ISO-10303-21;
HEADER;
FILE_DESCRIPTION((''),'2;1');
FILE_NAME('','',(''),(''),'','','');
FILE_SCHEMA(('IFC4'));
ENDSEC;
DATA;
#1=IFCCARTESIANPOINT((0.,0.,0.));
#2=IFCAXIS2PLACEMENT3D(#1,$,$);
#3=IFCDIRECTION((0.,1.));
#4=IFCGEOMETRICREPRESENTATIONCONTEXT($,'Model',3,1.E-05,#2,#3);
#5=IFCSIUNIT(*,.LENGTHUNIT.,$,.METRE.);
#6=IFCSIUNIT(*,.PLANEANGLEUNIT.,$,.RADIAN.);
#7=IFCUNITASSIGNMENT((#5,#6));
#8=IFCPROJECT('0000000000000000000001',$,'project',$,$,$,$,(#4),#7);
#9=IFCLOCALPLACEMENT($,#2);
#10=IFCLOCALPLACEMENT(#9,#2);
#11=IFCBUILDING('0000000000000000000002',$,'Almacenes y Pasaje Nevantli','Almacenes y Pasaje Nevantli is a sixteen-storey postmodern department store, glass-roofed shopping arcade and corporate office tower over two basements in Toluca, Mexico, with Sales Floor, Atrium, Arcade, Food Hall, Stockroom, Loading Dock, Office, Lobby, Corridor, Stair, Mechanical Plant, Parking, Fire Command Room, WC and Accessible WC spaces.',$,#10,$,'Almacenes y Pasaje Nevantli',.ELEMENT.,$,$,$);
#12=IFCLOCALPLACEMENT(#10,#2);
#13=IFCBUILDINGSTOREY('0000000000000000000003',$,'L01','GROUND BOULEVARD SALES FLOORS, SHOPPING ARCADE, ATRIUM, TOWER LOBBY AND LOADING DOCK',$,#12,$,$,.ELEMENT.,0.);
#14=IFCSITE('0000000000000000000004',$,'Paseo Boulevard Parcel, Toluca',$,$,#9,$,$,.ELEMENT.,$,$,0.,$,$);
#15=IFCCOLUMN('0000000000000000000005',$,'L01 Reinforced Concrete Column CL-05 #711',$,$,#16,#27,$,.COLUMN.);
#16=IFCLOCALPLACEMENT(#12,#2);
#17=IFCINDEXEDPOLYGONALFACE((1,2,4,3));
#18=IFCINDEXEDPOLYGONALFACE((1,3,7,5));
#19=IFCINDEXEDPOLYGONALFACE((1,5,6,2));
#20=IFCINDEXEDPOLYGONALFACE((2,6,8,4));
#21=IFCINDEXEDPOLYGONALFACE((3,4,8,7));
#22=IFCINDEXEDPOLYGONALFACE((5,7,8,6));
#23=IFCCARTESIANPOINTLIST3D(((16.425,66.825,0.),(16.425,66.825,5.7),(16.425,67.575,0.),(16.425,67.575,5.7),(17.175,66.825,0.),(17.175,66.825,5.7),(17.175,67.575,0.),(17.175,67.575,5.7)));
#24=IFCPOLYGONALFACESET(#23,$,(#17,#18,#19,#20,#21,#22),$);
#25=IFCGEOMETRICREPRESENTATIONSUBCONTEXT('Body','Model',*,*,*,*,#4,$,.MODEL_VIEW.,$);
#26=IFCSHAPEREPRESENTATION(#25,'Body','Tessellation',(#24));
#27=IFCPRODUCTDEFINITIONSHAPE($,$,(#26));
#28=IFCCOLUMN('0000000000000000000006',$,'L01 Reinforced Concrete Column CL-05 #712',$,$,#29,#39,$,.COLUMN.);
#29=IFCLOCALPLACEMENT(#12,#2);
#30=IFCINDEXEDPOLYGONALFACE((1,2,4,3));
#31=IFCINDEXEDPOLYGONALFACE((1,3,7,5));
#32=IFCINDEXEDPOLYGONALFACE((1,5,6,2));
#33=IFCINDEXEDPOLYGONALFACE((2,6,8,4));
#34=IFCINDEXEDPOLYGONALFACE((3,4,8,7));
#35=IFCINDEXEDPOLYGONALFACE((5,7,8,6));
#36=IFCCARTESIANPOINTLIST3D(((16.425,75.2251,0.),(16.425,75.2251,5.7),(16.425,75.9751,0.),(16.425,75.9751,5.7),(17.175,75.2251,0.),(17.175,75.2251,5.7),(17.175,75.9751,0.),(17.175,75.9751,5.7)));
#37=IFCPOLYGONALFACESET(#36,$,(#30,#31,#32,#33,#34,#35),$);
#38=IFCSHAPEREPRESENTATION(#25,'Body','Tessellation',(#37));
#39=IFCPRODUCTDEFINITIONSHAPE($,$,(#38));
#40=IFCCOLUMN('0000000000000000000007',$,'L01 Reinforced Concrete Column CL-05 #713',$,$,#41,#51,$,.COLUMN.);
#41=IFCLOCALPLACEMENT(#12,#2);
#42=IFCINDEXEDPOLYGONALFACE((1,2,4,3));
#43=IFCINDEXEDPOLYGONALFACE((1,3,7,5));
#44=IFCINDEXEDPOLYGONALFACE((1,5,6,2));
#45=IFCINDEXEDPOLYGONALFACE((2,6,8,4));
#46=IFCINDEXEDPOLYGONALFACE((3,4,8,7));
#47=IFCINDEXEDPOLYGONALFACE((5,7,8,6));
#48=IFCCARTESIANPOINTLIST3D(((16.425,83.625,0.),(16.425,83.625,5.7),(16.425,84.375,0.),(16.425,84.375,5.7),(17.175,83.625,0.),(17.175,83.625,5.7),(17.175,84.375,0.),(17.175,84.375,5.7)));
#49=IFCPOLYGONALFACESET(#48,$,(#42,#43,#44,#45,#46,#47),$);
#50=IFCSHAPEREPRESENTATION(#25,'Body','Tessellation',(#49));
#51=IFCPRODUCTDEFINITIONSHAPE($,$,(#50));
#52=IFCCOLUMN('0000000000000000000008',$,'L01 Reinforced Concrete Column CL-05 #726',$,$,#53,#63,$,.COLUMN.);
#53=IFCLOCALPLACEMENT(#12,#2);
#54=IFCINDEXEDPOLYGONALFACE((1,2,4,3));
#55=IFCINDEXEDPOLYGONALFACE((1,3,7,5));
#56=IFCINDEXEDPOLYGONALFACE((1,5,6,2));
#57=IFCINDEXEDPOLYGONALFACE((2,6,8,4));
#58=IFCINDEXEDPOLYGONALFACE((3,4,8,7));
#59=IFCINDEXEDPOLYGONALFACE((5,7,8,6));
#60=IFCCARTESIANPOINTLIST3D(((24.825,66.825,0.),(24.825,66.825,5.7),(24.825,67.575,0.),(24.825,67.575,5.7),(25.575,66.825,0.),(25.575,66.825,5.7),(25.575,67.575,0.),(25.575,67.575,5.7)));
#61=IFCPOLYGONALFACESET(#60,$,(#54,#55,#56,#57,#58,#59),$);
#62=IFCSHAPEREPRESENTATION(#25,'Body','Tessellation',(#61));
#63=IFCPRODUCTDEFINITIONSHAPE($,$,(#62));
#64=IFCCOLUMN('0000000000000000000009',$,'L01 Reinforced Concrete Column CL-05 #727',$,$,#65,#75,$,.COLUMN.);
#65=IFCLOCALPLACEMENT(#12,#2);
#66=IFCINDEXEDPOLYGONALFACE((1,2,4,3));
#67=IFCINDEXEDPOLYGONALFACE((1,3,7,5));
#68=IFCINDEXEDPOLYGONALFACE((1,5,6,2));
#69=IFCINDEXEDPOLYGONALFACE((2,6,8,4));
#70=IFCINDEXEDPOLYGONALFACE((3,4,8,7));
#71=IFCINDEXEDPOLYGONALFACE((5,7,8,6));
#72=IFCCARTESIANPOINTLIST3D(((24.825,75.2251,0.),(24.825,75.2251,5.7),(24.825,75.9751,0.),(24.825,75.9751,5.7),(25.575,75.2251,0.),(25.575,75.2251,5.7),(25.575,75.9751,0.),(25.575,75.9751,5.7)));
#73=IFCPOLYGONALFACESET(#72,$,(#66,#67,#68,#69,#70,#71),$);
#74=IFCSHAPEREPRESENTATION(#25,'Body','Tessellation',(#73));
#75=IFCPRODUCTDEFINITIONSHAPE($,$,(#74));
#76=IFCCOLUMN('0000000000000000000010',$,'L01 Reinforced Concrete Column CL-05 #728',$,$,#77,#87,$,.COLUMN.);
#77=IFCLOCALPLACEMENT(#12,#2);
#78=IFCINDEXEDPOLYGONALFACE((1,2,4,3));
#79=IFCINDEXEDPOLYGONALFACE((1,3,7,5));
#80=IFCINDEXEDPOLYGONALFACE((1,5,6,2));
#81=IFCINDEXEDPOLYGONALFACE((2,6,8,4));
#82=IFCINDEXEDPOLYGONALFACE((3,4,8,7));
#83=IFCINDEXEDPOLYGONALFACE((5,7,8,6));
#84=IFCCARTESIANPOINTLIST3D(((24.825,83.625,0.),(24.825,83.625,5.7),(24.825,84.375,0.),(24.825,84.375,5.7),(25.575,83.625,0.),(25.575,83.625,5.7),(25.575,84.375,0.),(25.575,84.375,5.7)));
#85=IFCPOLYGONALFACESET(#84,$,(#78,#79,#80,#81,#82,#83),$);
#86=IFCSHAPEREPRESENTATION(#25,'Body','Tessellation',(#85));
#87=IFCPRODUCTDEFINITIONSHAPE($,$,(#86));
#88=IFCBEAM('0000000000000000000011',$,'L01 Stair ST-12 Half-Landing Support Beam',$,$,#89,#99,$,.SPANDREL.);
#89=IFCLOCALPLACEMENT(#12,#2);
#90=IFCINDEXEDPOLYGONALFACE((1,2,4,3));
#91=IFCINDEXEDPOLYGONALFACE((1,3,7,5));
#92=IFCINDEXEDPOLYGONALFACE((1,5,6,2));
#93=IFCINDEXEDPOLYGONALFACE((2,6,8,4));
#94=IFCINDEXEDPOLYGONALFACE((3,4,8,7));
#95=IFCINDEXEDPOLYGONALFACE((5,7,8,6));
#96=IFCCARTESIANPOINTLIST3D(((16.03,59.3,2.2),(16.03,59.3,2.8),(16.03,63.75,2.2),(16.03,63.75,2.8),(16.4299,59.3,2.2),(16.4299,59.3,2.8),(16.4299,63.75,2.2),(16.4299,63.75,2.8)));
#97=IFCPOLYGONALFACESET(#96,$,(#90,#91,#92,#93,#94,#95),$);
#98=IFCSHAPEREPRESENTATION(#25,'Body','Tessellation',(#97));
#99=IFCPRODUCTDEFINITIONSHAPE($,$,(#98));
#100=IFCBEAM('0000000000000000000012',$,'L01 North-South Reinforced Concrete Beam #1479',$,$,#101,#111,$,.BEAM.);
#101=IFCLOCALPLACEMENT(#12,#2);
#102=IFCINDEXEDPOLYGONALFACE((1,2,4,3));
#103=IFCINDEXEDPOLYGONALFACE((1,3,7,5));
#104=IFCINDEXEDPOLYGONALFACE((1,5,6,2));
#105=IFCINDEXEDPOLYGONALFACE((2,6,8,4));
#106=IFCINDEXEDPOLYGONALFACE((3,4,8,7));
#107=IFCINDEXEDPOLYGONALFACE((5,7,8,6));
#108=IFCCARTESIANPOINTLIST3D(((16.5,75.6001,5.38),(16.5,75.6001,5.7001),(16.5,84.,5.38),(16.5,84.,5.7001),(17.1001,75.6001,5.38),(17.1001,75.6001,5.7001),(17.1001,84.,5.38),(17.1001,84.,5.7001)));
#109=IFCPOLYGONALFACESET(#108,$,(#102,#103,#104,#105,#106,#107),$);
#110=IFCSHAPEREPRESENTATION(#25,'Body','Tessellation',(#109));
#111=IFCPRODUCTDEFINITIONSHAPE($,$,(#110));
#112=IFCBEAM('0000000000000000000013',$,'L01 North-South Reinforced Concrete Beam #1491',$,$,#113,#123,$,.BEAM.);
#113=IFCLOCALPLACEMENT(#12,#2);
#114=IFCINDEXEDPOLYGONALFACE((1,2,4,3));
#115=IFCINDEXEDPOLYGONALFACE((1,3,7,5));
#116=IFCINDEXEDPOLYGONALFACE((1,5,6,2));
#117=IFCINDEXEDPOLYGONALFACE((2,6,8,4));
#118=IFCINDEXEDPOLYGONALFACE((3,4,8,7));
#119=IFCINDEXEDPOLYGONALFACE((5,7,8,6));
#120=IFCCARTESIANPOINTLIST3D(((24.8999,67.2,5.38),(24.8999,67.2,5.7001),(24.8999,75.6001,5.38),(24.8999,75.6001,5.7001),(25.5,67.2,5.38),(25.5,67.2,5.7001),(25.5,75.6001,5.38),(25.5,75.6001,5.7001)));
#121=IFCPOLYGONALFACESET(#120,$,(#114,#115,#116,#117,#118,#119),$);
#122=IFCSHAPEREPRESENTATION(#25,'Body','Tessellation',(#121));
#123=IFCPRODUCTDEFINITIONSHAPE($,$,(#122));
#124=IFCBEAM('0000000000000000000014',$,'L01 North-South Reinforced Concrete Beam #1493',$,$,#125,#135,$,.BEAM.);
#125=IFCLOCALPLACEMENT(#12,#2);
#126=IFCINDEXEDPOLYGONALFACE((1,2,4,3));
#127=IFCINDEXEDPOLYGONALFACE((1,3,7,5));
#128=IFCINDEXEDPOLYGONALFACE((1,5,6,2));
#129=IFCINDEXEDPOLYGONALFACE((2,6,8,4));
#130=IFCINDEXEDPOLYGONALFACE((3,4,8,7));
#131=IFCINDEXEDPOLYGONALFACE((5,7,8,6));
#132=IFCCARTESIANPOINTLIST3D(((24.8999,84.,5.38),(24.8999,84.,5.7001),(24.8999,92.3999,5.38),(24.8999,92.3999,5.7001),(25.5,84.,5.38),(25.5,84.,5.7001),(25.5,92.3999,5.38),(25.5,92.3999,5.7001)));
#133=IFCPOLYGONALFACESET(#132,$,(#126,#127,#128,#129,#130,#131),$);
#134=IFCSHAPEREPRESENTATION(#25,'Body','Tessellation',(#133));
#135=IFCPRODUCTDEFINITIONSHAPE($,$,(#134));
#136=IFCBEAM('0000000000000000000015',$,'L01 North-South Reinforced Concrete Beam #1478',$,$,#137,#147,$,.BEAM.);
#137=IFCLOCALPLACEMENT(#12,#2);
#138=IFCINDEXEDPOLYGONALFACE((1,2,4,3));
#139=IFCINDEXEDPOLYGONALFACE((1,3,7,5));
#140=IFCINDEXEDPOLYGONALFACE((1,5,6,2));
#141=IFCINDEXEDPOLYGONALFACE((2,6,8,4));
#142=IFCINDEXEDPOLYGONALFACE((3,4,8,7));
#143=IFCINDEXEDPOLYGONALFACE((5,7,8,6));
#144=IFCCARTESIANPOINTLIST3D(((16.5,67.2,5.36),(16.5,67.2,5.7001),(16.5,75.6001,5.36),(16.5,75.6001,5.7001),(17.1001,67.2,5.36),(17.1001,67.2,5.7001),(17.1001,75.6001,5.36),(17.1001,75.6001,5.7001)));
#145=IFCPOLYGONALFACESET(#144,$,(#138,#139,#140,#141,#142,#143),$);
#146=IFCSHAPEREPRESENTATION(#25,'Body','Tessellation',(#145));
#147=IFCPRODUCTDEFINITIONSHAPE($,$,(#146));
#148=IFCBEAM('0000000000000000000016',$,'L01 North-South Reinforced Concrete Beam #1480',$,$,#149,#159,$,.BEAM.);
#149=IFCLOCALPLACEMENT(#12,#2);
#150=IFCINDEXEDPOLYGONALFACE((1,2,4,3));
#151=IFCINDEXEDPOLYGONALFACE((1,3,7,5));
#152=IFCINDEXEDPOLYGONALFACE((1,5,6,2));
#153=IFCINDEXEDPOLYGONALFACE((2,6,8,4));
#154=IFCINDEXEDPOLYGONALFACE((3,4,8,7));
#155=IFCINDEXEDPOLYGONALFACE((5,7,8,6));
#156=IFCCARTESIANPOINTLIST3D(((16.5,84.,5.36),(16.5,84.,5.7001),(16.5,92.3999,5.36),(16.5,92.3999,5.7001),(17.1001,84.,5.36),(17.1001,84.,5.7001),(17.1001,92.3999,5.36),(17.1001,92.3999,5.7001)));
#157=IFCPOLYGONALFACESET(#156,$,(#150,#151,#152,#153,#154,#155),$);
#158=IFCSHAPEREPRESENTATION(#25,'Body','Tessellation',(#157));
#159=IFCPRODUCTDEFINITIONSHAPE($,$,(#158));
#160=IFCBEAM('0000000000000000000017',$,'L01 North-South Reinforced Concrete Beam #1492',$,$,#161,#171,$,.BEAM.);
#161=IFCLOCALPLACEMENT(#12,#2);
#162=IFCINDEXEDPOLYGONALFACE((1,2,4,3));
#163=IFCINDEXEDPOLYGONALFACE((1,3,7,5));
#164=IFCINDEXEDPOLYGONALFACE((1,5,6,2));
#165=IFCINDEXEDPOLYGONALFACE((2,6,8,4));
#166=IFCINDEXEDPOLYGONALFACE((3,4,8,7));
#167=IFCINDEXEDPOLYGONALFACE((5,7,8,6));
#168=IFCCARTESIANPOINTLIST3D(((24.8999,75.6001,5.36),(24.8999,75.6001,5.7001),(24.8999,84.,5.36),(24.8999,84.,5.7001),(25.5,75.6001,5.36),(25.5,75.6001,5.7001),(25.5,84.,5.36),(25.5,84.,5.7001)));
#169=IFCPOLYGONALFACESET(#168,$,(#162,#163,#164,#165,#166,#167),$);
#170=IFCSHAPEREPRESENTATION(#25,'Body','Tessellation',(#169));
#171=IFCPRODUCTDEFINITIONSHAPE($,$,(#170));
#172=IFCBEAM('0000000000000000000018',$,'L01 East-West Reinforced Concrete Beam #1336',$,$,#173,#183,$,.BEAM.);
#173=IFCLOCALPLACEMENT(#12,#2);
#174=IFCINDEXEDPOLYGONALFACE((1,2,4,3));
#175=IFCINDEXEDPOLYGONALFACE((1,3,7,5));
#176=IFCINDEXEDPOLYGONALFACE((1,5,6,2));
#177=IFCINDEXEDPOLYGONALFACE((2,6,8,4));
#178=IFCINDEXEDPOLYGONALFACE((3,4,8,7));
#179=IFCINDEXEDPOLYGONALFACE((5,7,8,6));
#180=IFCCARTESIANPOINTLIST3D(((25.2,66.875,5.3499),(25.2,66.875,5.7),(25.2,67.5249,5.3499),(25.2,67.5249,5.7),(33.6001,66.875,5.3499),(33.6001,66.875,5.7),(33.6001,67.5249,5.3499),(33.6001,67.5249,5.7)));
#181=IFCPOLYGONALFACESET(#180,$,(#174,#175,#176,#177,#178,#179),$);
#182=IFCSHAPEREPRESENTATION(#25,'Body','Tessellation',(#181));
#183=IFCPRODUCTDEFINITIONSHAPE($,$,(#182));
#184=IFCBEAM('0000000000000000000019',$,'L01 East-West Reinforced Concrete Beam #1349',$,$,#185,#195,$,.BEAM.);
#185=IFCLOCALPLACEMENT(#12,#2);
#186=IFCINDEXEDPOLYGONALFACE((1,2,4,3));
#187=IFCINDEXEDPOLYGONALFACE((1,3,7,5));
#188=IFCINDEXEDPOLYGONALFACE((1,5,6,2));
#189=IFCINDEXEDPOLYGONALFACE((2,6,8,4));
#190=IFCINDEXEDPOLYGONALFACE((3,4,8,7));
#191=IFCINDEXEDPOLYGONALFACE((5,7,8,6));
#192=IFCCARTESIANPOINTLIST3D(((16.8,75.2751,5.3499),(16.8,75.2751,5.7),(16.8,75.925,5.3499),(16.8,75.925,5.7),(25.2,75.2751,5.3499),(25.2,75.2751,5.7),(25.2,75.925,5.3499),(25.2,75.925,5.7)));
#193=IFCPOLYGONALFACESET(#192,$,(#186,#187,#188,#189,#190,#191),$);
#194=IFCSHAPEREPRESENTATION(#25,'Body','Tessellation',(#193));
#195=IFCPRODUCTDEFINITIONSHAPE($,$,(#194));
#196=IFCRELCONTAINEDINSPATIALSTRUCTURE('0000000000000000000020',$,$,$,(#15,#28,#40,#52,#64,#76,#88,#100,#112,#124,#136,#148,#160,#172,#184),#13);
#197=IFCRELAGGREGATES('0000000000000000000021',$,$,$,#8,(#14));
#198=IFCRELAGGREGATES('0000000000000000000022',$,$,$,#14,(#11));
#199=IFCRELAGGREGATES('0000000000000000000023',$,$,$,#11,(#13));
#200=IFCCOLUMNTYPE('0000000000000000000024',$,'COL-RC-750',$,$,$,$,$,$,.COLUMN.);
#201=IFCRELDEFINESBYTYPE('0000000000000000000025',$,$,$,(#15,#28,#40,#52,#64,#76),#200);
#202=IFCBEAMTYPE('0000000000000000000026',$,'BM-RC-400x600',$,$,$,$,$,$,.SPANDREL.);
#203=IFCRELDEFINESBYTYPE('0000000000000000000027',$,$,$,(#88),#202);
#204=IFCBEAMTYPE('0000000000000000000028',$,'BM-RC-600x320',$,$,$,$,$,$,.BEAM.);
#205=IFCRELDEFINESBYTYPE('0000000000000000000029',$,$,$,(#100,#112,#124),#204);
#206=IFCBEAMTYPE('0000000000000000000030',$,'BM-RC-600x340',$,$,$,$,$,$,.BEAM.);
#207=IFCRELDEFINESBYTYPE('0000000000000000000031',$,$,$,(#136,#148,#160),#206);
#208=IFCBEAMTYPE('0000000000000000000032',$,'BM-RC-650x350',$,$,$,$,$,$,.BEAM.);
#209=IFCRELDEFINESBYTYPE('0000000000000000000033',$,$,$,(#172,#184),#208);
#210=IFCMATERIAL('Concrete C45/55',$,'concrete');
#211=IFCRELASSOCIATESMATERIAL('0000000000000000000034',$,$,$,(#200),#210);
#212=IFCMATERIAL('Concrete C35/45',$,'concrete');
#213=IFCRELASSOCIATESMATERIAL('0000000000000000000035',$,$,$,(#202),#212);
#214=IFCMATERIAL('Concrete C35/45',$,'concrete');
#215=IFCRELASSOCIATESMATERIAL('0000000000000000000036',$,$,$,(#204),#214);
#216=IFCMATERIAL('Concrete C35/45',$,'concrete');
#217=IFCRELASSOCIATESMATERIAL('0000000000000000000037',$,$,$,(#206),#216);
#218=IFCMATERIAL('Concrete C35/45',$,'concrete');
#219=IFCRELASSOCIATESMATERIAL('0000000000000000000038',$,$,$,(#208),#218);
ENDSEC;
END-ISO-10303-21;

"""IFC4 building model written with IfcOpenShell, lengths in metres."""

from ifc_helpers import new_model, si_unit, direction, frame, origin, origin_2d, place, context, subcontext, project, spatial, rectangle, extrude, material, material_profile, profile_set, type_object, element, save


model = new_model("IFC4")

# Units and contexts
model_context = context("Model", 3, precision=1e-05, world=origin(), true_north=direction((0.0, 1.0)))
body_context = subcontext(model_context, "Body", "Model", "MODEL_VIEW")
ifc_project = project(units=[si_unit("LENGTHUNIT", "METRE"), si_unit("PLANEANGLEUNIT", "RADIAN")], contexts=[model_context])

# Site, building, storey
site_placement = place(None, origin())
site = spatial("IfcSite", under=ifc_project, at=site_placement, Name="Paseo Boulevard Parcel, Toluca", CompositionType="ELEMENT", RefElevation=0.0)
building_placement = place(site_placement, origin())
building = spatial("IfcBuilding", under=site, at=building_placement, Name="Almacenes y Pasaje Nevantli", Description="Almacenes y Pasaje Nevantli is a sixteen-storey postmodern department store, glass-roofed shopping arcade and corporate office tower over two basements in Toluca, Mexico, with Sales Floor, Atrium, Arcade, Food Hall, Stockroom, Loading Dock, Office, Lobby, Corridor, Stair, Mechanical Plant, Parking, Fire Command Room, WC and Accessible WC spaces.", LongName="Almacenes y Pasaje Nevantli", CompositionType="ELEMENT")
storey_placement = place(building_placement, origin())
storey = spatial("IfcBuildingStorey", under=building, at=storey_placement, Name="L01", Description="GROUND BOULEVARD SALES FLOORS, SHOPPING ARCADE, ATRIUM, TOWER LOBBY AND LOADING DOCK", CompositionType="ELEMENT", Elevation=0.0)

# Columns
ifc_material_1 = material(Name="Concrete C45/55", Category="concrete")
ifc_material_profile_1 = material_profile(ifc_material_1, rectangle(XDim=0.75, YDim=0.75, at=origin_2d()), Name="RC-COL-750x750")
ifc_profile_set_1 = profile_set([ifc_material_profile_1], Name="Concrete C45/55")
column_type = type_object("IfcColumnType", Name="COL-RC-750", PredefinedType="COLUMN", material=ifc_profile_set_1)
for number, where, z_axis, x_axis, name in (
    (1, (16.8, 67.2, 0.0), (0.0, 0.0, 1.0), (1.0, 0.0, 0.0), "L01 Reinforced Concrete Column CL-05 #711"),
    (2, (16.8, 75.6001, 0.0), (0.0, 0.0, 1.0), (1.0, 0.0, 0.0), "L01 Reinforced Concrete Column CL-05 #712"),
    (3, (16.8, 84.0, 0.0), (0.0, 0.0, 1.0), (1.0, 0.0, 0.0), "L01 Reinforced Concrete Column CL-05 #713"),
    (4, (25.2, 67.2, 0.0), (0.0, 0.0, 1.0), (1.0, 0.0, 0.0), "L01 Reinforced Concrete Column CL-05 #726"),
    (5, (25.2, 75.6001, 0.0), (0.0, 0.0, 1.0), (1.0, 0.0, 0.0), "L01 Reinforced Concrete Column CL-05 #727"),
    (6, (25.2, 84.0, 0.0), (0.0, 0.0, 1.0), (1.0, 0.0, 0.0), "L01 Reinforced Concrete Column CL-05 #728"),
):
    element("IfcColumn", number, at=place(storey_placement, frame(where, z_axis=z_axis, x_axis=x_axis)), inside=storey, type_object=column_type, Name=name, PredefinedType="COLUMN", context=body_context, shape_type="SweptSolid", body=[
        extrude(rectangle(XDim=0.75, YDim=0.75, at=origin_2d()), origin(), (0.0, 0.0, 1.0), 5.7),
    ])

# Beams
ifc_material_2 = material(Name="Concrete C35/45", Category="concrete")
ifc_material_profile_2 = material_profile(ifc_material_2, rectangle(XDim=0.3999, YDim=0.6001, at=origin_2d()), Name="RC-BM-400x600")
ifc_profile_set_2 = profile_set([ifc_material_profile_2], Name="Concrete C35/45")
beam_type_1 = type_object("IfcBeamType", Name="BM-RC-400x600", PredefinedType="SPANDREL", material=ifc_profile_set_2)
beam_1_placement = place(storey_placement, frame((16.23, 59.3, 2.5), z_axis=(0.0, 1.0, 0.0), x_axis=(-1.0, 0.0, 0.0)))
element("IfcBeam", 7, at=beam_1_placement, inside=storey, type_object=beam_type_1, Name="L01 Stair ST-12 Half-Landing Support Beam", PredefinedType="SPANDREL", context=body_context, shape_type="SweptSolid", body=[
    extrude(rectangle(XDim=0.3999, YDim=0.6001, at=origin_2d()), origin(), (0.0, 0.0, 1.0), 4.45),
])
ifc_material_3 = material(Name="Concrete C35/45", Category="concrete")
ifc_material_profile_3 = material_profile(ifc_material_3, rectangle(XDim=0.6001, YDim=0.3201, at=origin_2d()), Name="RC-BM-600x320")
ifc_profile_set_3 = profile_set([ifc_material_profile_3], Name="Concrete C35/45")
beam_type_2 = type_object("IfcBeamType", Name="BM-RC-600x320", PredefinedType="BEAM", material=ifc_profile_set_3)
beam_2_placement = place(storey_placement, frame((16.8, 75.6001, 5.54), z_axis=(0.0, 1.0, 0.0), x_axis=(-1.0, 0.0, 0.0)))
element("IfcBeam", 8, at=beam_2_placement, inside=storey, type_object=beam_type_2, Name="L01 North-South Reinforced Concrete Beam #1479", PredefinedType="BEAM", context=body_context, shape_type="SweptSolid", body=[
    extrude(rectangle(XDim=0.6001, YDim=0.3201, at=origin_2d()), origin(), (0.0, 0.0, 1.0), 8.3999),
])
beam_3_placement = place(storey_placement, frame((25.2, 67.2, 5.54), z_axis=(0.0, 1.0, 0.0), x_axis=(-1.0, 0.0, 0.0)))
element("IfcBeam", 9, at=beam_3_placement, inside=storey, type_object=beam_type_2, Name="L01 North-South Reinforced Concrete Beam #1491", PredefinedType="BEAM", context=body_context, shape_type="SweptSolid", body=[
    extrude(rectangle(XDim=0.6001, YDim=0.3201, at=origin_2d()), origin(), (0.0, 0.0, 1.0), 8.4001),
])
beam_4_placement = place(storey_placement, frame((25.2, 84.0, 5.54), z_axis=(0.0, 1.0, 0.0), x_axis=(-1.0, 0.0, 0.0)))
element("IfcBeam", 10, at=beam_4_placement, inside=storey, type_object=beam_type_2, Name="L01 North-South Reinforced Concrete Beam #1493", PredefinedType="BEAM", context=body_context, shape_type="SweptSolid", body=[
    extrude(rectangle(XDim=0.6001, YDim=0.3201, at=origin_2d()), origin(), (0.0, 0.0, 1.0), 8.3999),
])
ifc_material_4 = material(Name="Concrete C35/45", Category="concrete")
ifc_material_profile_4 = material_profile(ifc_material_4, rectangle(XDim=0.6001, YDim=0.3401, at=origin_2d()), Name="RC-BM-600x340")
ifc_profile_set_4 = profile_set([ifc_material_profile_4], Name="Concrete C35/45")
beam_type_3 = type_object("IfcBeamType", Name="BM-RC-600x340", PredefinedType="BEAM", material=ifc_profile_set_4)
beam_5_placement = place(storey_placement, frame((16.8, 67.2, 5.53), z_axis=(0.0, 1.0, 0.0), x_axis=(-1.0, 0.0, 0.0)))
element("IfcBeam", 11, at=beam_5_placement, inside=storey, type_object=beam_type_3, Name="L01 North-South Reinforced Concrete Beam #1478", PredefinedType="BEAM", context=body_context, shape_type="SweptSolid", body=[
    extrude(rectangle(XDim=0.6001, YDim=0.3401, at=origin_2d()), origin(), (0.0, 0.0, 1.0), 8.4001),
])
for number, where, z_axis, x_axis, name in (
    (12, (16.8, 84.0, 5.53), (0.0, 1.0, 0.0), (-1.0, 0.0, 0.0), "L01 North-South Reinforced Concrete Beam #1480"),
    (13, (25.2, 75.6001, 5.53), (0.0, 1.0, 0.0), (-1.0, 0.0, 0.0), "L01 North-South Reinforced Concrete Beam #1492"),
):
    element("IfcBeam", number, at=place(storey_placement, frame(where, z_axis=z_axis, x_axis=x_axis)), inside=storey, type_object=beam_type_3, Name=name, PredefinedType="BEAM", context=body_context, shape_type="SweptSolid", body=[
        extrude(rectangle(XDim=0.6001, YDim=0.3401, at=origin_2d()), origin(), (0.0, 0.0, 1.0), 8.3999),
    ])
ifc_material_5 = material(Name="Concrete C35/45", Category="concrete")
ifc_material_profile_5 = material_profile(ifc_material_5, rectangle(XDim=0.6499, YDim=0.3501, at=origin_2d()), Name="RC-BM-650x350")
ifc_profile_set_5 = profile_set([ifc_material_profile_5], Name="Concrete C35/45")
beam_type_4 = type_object("IfcBeamType", Name="BM-RC-650x350", PredefinedType="BEAM", material=ifc_profile_set_5)
beam_6_placement = place(storey_placement, frame((25.2, 67.2, 5.5249), z_axis=(1.0, 0.0, 0.0), x_axis=(0.0, 1.0, 0.0)))
element("IfcBeam", 14, at=beam_6_placement, inside=storey, type_object=beam_type_4, Name="L01 East-West Reinforced Concrete Beam #1336", PredefinedType="BEAM", context=body_context, shape_type="SweptSolid", body=[
    extrude(rectangle(XDim=0.6499, YDim=0.3501, at=origin_2d()), origin(), (0.0, 0.0, 1.0), 8.4001),
])
beam_7_placement = place(storey_placement, frame((16.8, 75.6001, 5.5249), z_axis=(1.0, 0.0, 0.0), x_axis=(0.0, 1.0, 0.0)))
element("IfcBeam", 15, at=beam_7_placement, inside=storey, type_object=beam_type_4, Name="L01 East-West Reinforced Concrete Beam #1349", PredefinedType="BEAM", context=body_context, shape_type="SweptSolid", body=[
    extrude(rectangle(XDim=0.6499, YDim=0.3501, at=origin_2d()), origin(), (0.0, 0.0, 1.0), 8.3999),
])

save(model, "model.ifc")
